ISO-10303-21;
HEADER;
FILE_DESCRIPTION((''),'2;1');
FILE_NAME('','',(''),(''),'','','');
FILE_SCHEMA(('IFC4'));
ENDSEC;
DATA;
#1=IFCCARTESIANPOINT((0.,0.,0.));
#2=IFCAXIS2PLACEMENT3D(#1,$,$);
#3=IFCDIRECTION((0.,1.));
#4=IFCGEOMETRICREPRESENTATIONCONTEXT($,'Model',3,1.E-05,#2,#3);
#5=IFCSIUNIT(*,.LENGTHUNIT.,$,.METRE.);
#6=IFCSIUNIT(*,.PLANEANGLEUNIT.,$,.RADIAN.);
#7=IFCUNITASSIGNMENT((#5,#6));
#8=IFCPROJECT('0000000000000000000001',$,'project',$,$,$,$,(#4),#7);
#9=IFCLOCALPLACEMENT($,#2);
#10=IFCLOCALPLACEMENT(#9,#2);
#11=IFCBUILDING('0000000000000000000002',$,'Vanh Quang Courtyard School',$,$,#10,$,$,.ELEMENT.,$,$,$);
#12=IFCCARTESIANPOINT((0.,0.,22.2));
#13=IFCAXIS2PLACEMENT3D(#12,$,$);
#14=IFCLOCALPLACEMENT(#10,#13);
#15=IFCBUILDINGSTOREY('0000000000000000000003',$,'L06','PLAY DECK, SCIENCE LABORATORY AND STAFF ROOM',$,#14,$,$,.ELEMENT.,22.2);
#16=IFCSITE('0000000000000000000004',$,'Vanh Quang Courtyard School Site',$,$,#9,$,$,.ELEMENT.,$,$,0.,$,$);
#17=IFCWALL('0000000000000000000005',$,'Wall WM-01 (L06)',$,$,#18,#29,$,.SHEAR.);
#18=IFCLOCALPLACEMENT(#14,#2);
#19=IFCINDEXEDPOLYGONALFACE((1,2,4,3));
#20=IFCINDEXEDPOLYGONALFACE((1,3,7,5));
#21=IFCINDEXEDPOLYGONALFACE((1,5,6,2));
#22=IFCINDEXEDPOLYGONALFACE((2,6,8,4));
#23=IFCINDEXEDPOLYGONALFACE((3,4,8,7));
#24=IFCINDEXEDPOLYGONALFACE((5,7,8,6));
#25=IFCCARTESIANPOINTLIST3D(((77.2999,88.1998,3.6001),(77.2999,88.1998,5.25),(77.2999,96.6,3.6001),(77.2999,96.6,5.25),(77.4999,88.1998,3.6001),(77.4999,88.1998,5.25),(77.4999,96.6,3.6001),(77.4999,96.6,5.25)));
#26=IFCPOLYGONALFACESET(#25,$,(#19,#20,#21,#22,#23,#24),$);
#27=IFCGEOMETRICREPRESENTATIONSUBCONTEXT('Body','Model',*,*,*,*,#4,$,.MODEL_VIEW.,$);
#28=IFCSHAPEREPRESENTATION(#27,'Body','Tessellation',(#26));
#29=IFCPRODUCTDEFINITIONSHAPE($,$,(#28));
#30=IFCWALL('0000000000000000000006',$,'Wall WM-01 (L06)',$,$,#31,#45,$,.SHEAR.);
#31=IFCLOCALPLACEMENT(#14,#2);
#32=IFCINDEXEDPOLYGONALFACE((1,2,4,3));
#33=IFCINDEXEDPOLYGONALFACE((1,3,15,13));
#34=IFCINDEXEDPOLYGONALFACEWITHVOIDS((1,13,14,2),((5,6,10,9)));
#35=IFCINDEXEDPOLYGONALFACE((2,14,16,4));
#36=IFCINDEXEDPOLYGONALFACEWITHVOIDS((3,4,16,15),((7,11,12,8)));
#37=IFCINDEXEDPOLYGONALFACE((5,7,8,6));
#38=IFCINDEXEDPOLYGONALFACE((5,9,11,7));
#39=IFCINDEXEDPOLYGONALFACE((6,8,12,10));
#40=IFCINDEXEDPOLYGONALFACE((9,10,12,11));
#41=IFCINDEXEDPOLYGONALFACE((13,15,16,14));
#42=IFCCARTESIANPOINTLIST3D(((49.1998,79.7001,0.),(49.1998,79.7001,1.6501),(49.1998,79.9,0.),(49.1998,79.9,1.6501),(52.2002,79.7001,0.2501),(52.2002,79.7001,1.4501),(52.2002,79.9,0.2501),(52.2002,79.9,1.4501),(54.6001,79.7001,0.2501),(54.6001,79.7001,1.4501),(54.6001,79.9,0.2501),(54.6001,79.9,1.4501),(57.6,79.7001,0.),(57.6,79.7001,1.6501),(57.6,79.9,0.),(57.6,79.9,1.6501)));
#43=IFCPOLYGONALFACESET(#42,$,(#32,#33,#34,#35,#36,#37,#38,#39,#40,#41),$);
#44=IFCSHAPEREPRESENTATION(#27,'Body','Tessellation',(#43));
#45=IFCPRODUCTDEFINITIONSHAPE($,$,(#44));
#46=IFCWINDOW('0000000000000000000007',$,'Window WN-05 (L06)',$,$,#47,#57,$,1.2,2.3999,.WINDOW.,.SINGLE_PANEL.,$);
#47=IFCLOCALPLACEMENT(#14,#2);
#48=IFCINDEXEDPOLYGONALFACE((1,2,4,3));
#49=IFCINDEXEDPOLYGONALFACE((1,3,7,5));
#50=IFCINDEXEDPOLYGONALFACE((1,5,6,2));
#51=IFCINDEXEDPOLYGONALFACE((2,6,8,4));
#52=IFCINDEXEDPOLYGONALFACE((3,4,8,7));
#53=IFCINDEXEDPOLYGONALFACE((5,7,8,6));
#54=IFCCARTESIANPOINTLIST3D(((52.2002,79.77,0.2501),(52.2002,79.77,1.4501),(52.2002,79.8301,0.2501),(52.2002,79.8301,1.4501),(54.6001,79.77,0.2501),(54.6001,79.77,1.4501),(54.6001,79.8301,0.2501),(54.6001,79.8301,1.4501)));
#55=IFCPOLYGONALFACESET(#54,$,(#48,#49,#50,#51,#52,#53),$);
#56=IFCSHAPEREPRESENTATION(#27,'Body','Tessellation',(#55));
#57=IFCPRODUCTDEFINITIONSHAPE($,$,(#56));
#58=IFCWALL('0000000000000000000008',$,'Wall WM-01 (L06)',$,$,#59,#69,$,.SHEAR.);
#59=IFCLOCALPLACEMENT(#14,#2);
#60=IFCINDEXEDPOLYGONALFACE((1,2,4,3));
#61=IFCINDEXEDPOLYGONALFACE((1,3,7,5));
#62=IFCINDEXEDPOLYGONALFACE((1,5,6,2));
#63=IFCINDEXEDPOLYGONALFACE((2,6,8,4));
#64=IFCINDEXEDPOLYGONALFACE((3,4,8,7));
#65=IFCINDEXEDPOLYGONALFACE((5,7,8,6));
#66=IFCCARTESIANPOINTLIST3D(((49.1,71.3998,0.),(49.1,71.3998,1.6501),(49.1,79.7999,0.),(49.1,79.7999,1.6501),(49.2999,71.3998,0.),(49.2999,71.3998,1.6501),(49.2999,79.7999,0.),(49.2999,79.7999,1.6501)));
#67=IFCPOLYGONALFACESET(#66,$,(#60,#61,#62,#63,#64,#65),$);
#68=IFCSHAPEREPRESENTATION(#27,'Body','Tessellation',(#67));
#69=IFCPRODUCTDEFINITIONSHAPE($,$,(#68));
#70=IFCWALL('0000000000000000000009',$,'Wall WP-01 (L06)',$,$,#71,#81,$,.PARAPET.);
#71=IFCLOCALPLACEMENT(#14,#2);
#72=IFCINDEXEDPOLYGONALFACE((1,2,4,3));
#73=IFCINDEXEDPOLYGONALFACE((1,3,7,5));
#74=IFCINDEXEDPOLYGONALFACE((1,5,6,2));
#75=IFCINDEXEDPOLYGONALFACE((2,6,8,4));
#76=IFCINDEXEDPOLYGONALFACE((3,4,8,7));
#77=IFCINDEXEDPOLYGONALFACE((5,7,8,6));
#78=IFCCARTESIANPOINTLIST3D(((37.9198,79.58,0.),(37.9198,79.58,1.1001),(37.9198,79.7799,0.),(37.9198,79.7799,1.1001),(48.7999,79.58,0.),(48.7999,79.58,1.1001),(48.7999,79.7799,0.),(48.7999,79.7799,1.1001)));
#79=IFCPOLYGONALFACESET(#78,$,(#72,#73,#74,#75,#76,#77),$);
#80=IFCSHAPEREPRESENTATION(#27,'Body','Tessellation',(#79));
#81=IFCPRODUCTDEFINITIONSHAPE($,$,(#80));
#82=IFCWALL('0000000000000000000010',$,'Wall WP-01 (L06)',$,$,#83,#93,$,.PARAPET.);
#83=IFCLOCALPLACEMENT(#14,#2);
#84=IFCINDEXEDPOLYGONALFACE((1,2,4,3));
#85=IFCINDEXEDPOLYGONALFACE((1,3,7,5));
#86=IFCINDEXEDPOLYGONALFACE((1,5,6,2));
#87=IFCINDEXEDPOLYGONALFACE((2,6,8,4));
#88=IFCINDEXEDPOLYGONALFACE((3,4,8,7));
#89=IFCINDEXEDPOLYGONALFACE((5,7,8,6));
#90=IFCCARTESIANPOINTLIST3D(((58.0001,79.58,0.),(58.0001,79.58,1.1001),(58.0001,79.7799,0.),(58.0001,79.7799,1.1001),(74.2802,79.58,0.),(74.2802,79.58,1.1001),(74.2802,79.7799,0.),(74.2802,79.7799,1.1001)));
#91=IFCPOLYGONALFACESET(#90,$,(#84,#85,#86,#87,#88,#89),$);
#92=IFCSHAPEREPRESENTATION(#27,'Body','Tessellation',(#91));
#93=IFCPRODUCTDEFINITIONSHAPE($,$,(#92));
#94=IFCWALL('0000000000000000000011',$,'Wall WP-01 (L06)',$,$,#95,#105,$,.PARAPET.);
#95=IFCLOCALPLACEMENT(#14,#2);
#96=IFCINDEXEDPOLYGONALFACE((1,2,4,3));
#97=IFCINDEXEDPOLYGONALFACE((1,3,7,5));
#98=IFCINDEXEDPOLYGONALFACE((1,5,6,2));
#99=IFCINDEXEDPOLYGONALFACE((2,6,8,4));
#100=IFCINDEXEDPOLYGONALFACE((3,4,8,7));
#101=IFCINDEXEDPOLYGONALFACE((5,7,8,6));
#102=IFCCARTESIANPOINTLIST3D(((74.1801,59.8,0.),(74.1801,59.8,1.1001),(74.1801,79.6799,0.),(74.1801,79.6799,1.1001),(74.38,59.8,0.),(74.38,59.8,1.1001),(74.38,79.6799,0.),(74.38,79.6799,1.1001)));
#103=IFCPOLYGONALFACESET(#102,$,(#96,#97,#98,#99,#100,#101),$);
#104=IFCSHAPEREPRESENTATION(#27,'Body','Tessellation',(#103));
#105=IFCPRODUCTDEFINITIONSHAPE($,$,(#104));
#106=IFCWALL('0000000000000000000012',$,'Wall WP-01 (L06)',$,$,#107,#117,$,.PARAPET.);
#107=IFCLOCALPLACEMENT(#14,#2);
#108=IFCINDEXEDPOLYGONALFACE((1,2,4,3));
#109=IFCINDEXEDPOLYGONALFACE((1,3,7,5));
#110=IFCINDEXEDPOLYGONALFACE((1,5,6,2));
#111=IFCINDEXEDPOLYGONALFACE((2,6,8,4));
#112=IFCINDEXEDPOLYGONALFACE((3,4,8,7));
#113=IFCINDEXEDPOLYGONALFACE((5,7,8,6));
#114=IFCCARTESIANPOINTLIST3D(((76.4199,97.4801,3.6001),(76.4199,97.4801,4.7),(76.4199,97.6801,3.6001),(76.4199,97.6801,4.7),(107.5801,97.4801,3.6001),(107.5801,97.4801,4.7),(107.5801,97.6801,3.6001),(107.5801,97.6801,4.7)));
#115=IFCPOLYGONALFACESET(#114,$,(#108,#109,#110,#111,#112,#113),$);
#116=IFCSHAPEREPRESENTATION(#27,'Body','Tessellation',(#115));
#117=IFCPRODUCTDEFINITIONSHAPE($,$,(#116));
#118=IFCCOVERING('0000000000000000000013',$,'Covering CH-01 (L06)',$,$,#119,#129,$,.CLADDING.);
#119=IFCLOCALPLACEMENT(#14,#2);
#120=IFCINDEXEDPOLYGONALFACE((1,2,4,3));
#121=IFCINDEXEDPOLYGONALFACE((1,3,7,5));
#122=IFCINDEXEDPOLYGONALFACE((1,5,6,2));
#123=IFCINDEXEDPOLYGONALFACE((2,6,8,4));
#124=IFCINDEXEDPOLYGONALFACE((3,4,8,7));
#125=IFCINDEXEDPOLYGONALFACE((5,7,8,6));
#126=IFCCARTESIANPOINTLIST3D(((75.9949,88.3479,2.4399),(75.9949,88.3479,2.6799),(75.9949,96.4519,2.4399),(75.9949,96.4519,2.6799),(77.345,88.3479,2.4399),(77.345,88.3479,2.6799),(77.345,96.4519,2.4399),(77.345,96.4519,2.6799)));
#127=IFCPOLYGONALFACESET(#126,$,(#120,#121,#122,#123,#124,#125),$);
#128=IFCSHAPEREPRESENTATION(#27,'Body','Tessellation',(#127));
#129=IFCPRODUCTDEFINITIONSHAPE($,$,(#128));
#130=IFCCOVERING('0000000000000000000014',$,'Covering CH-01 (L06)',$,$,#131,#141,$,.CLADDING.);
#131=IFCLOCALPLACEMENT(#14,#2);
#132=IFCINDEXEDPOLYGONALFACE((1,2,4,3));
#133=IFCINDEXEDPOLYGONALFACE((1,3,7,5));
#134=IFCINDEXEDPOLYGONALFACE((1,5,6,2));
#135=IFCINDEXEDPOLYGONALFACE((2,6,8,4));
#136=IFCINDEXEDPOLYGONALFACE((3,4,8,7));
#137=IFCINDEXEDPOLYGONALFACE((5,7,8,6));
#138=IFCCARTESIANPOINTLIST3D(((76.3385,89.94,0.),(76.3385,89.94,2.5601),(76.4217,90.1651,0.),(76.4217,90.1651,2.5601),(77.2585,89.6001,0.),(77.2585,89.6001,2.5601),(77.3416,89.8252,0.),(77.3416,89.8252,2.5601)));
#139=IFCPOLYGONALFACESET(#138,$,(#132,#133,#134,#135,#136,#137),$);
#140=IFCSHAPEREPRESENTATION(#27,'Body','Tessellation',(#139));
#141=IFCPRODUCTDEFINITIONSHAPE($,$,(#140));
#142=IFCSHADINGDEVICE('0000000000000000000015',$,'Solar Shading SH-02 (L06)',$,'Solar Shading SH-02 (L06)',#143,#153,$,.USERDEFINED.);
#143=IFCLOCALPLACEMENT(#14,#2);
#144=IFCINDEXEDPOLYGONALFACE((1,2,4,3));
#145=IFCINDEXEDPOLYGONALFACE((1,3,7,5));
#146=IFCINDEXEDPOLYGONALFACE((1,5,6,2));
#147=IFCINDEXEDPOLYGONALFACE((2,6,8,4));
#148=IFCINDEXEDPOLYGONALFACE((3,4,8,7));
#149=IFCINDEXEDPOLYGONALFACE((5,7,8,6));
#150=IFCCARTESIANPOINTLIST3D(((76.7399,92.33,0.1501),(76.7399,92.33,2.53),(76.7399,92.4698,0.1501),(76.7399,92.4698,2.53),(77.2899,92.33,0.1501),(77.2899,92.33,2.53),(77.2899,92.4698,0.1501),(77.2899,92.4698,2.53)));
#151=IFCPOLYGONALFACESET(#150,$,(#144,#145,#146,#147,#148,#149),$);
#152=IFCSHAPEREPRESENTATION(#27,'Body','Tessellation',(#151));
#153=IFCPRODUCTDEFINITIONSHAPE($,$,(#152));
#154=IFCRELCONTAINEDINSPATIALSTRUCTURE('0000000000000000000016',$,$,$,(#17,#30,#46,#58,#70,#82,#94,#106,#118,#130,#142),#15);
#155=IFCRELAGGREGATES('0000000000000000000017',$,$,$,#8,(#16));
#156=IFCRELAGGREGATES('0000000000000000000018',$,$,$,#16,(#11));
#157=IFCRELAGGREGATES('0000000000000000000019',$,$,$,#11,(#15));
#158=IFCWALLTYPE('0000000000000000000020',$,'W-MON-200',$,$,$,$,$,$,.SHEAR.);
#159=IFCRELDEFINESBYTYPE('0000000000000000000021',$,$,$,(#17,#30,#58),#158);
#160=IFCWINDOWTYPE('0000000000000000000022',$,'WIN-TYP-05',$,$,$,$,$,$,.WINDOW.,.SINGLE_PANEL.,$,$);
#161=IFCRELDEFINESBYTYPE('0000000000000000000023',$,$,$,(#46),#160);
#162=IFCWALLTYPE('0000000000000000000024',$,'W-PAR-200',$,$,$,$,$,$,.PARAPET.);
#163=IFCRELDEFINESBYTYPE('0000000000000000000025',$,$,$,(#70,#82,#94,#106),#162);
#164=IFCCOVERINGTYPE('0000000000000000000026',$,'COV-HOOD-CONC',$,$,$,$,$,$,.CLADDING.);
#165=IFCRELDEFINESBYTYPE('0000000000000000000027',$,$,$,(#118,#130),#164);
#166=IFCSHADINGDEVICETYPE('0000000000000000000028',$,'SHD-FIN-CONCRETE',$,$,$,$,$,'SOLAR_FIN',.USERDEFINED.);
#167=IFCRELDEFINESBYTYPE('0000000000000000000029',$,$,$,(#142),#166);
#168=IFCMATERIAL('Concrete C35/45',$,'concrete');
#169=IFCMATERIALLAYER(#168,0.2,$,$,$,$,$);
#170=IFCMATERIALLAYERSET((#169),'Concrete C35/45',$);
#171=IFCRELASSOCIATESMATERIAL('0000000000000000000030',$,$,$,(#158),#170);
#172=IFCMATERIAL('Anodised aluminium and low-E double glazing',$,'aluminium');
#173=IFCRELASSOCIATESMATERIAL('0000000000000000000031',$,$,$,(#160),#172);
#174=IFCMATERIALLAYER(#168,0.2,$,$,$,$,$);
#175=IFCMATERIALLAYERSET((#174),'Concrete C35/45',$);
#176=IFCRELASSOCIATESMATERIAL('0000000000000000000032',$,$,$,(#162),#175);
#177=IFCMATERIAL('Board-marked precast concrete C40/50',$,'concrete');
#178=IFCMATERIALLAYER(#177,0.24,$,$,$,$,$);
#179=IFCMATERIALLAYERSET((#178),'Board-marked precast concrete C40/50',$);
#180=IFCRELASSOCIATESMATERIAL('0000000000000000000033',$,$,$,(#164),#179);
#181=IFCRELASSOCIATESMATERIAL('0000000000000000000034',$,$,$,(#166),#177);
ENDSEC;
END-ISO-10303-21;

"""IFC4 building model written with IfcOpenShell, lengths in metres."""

from ifc_helpers import new_model, si_unit, direction, frame, frame_2d, origin, origin_2d, place, context, subcontext, project, spatial, rectangle, extrude, material, layer, layer_set, type_object, element, fill, save


model = new_model("IFC4")

# Units and contexts
model_context = context("Model", 3, precision=1e-05, world=origin(), true_north=direction((0.0, 1.0)))
body_context = subcontext(model_context, "Body", "Model", "MODEL_VIEW")
ifc_project = project(units=[si_unit("LENGTHUNIT", "METRE"), si_unit("PLANEANGLEUNIT", "RADIAN")], contexts=[model_context])

# Site, building, storey
site_placement = place(None, origin())
site = spatial("IfcSite", under=ifc_project, at=site_placement, Name="Vanh Quang Courtyard School Site", CompositionType="ELEMENT", RefElevation=0.0)
building_placement = place(site_placement, origin())
building = spatial("IfcBuilding", under=site, at=building_placement, Name="Vanh Quang Courtyard School", CompositionType="ELEMENT")
storey_placement = place(building_placement, frame((0.0, 0.0, 22.2)))
storey = spatial("IfcBuildingStorey", under=building, at=storey_placement, Name="L06", Description="PLAY DECK, SCIENCE LABORATORY AND STAFF ROOM", CompositionType="ELEMENT", Elevation=22.2)

# Shared definitions
ifc_material_1 = material(Name="Concrete C35/45", Category="concrete")

# Shared definitions
ifc_material_2 = material(Name="Anodised aluminium and low-E double glazing", Category="aluminium")
ifc_layer_1 = layer(ifc_material_1, 0.2)
ifc_layer_set_1 = layer_set([ifc_layer_1], Name="Concrete C35/45")
wall_type_1 = type_object("IfcWallType", Name="W-MON-200", PredefinedType="SHEAR", material=ifc_layer_set_1)
window_type_1 = type_object("IfcWindowType", Name="WIN-TYP-05", PartitioningType="SINGLE_PANEL", PredefinedType="WINDOW", material=ifc_material_2)

# Wall
wall_1_placement = place(storey_placement, frame((77.3999, 96.6001, 3.6001), z_axis=(0.0, 0.0, 1.0), x_axis=(0.0, -1.0, 0.0)))
element("IfcWall", 1, at=wall_1_placement, inside=storey, type_object=wall_type_1, Name="Wall WM-01 (L06)", PredefinedType="SHEAR", context=body_context, shape_type="SweptSolid", body=[
    extrude(rectangle(XDim=8.4001, YDim=0.2, at=frame_2d((4.2002, 0.0))), origin(), (0.0, 0.0, 1.0), 1.6499),
])

# Wall, opening, window
wall_2_placement = place(storey_placement, frame((57.6001, 79.8, 0.0), z_axis=(0.0, 0.0, 1.0), x_axis=(-1.0, 0.0, 0.0)))
wall_2 = element("IfcWall", 2, at=wall_2_placement, inside=storey, type_object=wall_type_1, Name="Wall WM-01 (L06)", PredefinedType="SHEAR", context=body_context, shape_type="SweptSolid", body=[
    extrude(rectangle(XDim=8.4001, YDim=0.2, at=frame_2d((4.2002, 0.0))), origin(), (0.0, 0.0, 1.0), 1.6501),
])
opening_1_placement = place(wall_2_placement, frame((3.0, 0.0, 0.25)))
opening_1 = element("IfcOpeningElement", 3, at=opening_1_placement, cuts=wall_2, PredefinedType="OPENING", context=body_context, shape_type="SweptSolid", body=[
    extrude(rectangle(XDim=2.3999, YDim=1.2, at=frame_2d((1.2, 0.6001))), frame((0.0, 0.1099, 0.0), z_axis=(0.0, -1.0, 0.0), x_axis=(1.0, 0.0, 0.0)), (0.0, 0.0, 1.0), 0.22),
])
window_1_placement = place(opening_1_placement, origin())
window_1 = element("IfcWindow", 4, at=window_1_placement, inside=storey, type_object=window_type_1, Name="Window WN-05 (L06)", OverallHeight=1.2, OverallWidth=2.3999, PartitioningType="SINGLE_PANEL", PredefinedType="WINDOW", context=body_context, shape_type="SweptSolid", body=[
    extrude(rectangle(XDim=2.3999, YDim=1.2, at=frame_2d((1.2, 0.6001))), frame((0.0, 0.03, 0.0), z_axis=(0.0, -1.0, 0.0), x_axis=(1.0, 0.0, 0.0)), (0.0, 0.0, 1.0), 0.0601),
])
fill(opening_1, window_1)

# Walls
wall_3_placement = place(storey_placement, frame((49.2, 79.8, 0.0), z_axis=(0.0, 0.0, 1.0), x_axis=(0.0, -1.0, 0.0)))
element("IfcWall", 5, at=wall_3_placement, inside=storey, type_object=wall_type_1, Name="Wall WM-01 (L06)", PredefinedType="SHEAR", context=body_context, shape_type="SweptSolid", body=[
    extrude(rectangle(XDim=8.4001, YDim=0.2, at=frame_2d((4.2002, 0.0))), origin(), (0.0, 0.0, 1.0), 1.6501),
])
ifc_layer_2 = layer(ifc_material_1, 0.2)
ifc_layer_set_2 = layer_set([ifc_layer_2], Name="Concrete C35/45")
wall_type_2 = type_object("IfcWallType", Name="W-PAR-200", PredefinedType="PARAPET", material=ifc_layer_set_2)
wall_4_placement = place(storey_placement, frame((37.9199, 79.6799, 0.0), z_axis=(0.0, 0.0, 1.0), x_axis=(1.0, 0.0, 0.0)))
element("IfcWall", 6, at=wall_4_placement, inside=storey, type_object=wall_type_2, Name="Wall WP-01 (L06)", PredefinedType="PARAPET", context=body_context, shape_type="SweptSolid", body=[
    extrude(rectangle(XDim=10.8801, YDim=0.2, at=frame_2d((5.4399, 0.0))), origin(), (0.0, 0.0, 1.0), 1.1001),
])
wall_5_placement = place(storey_placement, frame((58.0, 79.6799, 0.0), z_axis=(0.0, 0.0, 1.0), x_axis=(1.0, 0.0, 0.0)))
element("IfcWall", 7, at=wall_5_placement, inside=storey, type_object=wall_type_2, Name="Wall WP-01 (L06)", PredefinedType="PARAPET", context=body_context, shape_type="SweptSolid", body=[
    extrude(rectangle(XDim=16.28, YDim=0.2, at=frame_2d((8.1401, 0.0))), origin(), (0.0, 0.0, 1.0), 1.1001),
])
wall_6_placement = place(storey_placement, frame((74.28, 79.6799, 0.0), z_axis=(0.0, 0.0, 1.0), x_axis=(0.0, -1.0, 0.0)))
element("IfcWall", 8, at=wall_6_placement, inside=storey, type_object=wall_type_2, Name="Wall WP-01 (L06)", PredefinedType="PARAPET", context=body_context, shape_type="SweptSolid", body=[
    extrude(rectangle(XDim=19.8799, YDim=0.2, at=frame_2d((9.9399, 0.0))), origin(), (0.0, 0.0, 1.0), 1.1001),
])
wall_7_placement = place(storey_placement, frame((76.4199, 97.5801, 3.6001), z_axis=(0.0, 0.0, 1.0), x_axis=(1.0, 0.0, 0.0)))
element("IfcWall", 9, at=wall_7_placement, inside=storey, type_object=wall_type_2, Name="Wall WP-01 (L06)", PredefinedType="PARAPET", context=body_context, shape_type="SweptSolid", body=[
    extrude(rectangle(XDim=31.1602, YDim=0.2, at=frame_2d((15.5801, 0.0))), origin(), (0.0, 0.0, 1.0), 1.0999),
])

# Coverings
ifc_material_3 = material(Name="Board-marked precast concrete C40/50", Category="concrete")
ifc_layer_3 = layer(ifc_material_3, 0.24)
ifc_layer_set_3 = layer_set([ifc_layer_3], Name="Board-marked precast concrete C40/50")
covering_type = type_object("IfcCoveringType", Name="COV-HOOD-CONC", PredefinedType="CLADDING", material=ifc_layer_set_3)
covering_1_placement = place(storey_placement, frame((76.6699, 92.3999, 2.4399), z_axis=(0.0, 0.0, 1.0), x_axis=(0.0, 1.0, 0.0)))
element("IfcCovering", 10, at=covering_1_placement, inside=storey, type_object=covering_type, Name="Covering CH-01 (L06)", PredefinedType="CLADDING", context=body_context, shape_type="SweptSolid", body=[
    extrude(rectangle(XDim=8.104, YDim=1.3501, at=origin_2d()), origin(), (0.0, 0.0, 1.0), 0.24),
])
covering_2_placement = place(storey_placement, frame((76.8401, 89.8826, 0.0), z_axis=(0.0, 0.0, 1.0), x_axis=(-0.93801, 0.346608, 0.0)))
element("IfcCovering", 11, at=covering_2_placement, inside=storey, type_object=covering_type, Name="Covering CH-01 (L06)", PredefinedType="CLADDING", context=body_context, shape_type="SweptSolid", body=[
    extrude(rectangle(XDim=0.9807, YDim=0.24, at=origin_2d()), origin(), (0.0, 0.0, 1.0), 2.5601),
])

# Shading device
shading_device_type = type_object("IfcShadingDeviceType", Name="SHD-FIN-CONCRETE", ElementType="SOLAR_FIN", PredefinedType="USERDEFINED", material=ifc_material_3)
shading_device_placement = place(storey_placement, frame((77.0149, 92.3999, 0.1501), z_axis=(0.0, 0.0, 1.0), x_axis=(0.0, 1.0, 0.0)))
element("IfcShadingDevice", 12, at=shading_device_placement, inside=storey, type_object=shading_device_type, Name="Solar Shading SH-02 (L06)", ObjectType="Solar Shading SH-02 (L06)", PredefinedType="USERDEFINED", context=body_context, shape_type="SweptSolid", body=[
    extrude(rectangle(XDim=0.1399, YDim=0.55, at=origin_2d()), origin(), (0.0, 0.0, 1.0), 2.3799),
])

save(model, "model.ifc")
